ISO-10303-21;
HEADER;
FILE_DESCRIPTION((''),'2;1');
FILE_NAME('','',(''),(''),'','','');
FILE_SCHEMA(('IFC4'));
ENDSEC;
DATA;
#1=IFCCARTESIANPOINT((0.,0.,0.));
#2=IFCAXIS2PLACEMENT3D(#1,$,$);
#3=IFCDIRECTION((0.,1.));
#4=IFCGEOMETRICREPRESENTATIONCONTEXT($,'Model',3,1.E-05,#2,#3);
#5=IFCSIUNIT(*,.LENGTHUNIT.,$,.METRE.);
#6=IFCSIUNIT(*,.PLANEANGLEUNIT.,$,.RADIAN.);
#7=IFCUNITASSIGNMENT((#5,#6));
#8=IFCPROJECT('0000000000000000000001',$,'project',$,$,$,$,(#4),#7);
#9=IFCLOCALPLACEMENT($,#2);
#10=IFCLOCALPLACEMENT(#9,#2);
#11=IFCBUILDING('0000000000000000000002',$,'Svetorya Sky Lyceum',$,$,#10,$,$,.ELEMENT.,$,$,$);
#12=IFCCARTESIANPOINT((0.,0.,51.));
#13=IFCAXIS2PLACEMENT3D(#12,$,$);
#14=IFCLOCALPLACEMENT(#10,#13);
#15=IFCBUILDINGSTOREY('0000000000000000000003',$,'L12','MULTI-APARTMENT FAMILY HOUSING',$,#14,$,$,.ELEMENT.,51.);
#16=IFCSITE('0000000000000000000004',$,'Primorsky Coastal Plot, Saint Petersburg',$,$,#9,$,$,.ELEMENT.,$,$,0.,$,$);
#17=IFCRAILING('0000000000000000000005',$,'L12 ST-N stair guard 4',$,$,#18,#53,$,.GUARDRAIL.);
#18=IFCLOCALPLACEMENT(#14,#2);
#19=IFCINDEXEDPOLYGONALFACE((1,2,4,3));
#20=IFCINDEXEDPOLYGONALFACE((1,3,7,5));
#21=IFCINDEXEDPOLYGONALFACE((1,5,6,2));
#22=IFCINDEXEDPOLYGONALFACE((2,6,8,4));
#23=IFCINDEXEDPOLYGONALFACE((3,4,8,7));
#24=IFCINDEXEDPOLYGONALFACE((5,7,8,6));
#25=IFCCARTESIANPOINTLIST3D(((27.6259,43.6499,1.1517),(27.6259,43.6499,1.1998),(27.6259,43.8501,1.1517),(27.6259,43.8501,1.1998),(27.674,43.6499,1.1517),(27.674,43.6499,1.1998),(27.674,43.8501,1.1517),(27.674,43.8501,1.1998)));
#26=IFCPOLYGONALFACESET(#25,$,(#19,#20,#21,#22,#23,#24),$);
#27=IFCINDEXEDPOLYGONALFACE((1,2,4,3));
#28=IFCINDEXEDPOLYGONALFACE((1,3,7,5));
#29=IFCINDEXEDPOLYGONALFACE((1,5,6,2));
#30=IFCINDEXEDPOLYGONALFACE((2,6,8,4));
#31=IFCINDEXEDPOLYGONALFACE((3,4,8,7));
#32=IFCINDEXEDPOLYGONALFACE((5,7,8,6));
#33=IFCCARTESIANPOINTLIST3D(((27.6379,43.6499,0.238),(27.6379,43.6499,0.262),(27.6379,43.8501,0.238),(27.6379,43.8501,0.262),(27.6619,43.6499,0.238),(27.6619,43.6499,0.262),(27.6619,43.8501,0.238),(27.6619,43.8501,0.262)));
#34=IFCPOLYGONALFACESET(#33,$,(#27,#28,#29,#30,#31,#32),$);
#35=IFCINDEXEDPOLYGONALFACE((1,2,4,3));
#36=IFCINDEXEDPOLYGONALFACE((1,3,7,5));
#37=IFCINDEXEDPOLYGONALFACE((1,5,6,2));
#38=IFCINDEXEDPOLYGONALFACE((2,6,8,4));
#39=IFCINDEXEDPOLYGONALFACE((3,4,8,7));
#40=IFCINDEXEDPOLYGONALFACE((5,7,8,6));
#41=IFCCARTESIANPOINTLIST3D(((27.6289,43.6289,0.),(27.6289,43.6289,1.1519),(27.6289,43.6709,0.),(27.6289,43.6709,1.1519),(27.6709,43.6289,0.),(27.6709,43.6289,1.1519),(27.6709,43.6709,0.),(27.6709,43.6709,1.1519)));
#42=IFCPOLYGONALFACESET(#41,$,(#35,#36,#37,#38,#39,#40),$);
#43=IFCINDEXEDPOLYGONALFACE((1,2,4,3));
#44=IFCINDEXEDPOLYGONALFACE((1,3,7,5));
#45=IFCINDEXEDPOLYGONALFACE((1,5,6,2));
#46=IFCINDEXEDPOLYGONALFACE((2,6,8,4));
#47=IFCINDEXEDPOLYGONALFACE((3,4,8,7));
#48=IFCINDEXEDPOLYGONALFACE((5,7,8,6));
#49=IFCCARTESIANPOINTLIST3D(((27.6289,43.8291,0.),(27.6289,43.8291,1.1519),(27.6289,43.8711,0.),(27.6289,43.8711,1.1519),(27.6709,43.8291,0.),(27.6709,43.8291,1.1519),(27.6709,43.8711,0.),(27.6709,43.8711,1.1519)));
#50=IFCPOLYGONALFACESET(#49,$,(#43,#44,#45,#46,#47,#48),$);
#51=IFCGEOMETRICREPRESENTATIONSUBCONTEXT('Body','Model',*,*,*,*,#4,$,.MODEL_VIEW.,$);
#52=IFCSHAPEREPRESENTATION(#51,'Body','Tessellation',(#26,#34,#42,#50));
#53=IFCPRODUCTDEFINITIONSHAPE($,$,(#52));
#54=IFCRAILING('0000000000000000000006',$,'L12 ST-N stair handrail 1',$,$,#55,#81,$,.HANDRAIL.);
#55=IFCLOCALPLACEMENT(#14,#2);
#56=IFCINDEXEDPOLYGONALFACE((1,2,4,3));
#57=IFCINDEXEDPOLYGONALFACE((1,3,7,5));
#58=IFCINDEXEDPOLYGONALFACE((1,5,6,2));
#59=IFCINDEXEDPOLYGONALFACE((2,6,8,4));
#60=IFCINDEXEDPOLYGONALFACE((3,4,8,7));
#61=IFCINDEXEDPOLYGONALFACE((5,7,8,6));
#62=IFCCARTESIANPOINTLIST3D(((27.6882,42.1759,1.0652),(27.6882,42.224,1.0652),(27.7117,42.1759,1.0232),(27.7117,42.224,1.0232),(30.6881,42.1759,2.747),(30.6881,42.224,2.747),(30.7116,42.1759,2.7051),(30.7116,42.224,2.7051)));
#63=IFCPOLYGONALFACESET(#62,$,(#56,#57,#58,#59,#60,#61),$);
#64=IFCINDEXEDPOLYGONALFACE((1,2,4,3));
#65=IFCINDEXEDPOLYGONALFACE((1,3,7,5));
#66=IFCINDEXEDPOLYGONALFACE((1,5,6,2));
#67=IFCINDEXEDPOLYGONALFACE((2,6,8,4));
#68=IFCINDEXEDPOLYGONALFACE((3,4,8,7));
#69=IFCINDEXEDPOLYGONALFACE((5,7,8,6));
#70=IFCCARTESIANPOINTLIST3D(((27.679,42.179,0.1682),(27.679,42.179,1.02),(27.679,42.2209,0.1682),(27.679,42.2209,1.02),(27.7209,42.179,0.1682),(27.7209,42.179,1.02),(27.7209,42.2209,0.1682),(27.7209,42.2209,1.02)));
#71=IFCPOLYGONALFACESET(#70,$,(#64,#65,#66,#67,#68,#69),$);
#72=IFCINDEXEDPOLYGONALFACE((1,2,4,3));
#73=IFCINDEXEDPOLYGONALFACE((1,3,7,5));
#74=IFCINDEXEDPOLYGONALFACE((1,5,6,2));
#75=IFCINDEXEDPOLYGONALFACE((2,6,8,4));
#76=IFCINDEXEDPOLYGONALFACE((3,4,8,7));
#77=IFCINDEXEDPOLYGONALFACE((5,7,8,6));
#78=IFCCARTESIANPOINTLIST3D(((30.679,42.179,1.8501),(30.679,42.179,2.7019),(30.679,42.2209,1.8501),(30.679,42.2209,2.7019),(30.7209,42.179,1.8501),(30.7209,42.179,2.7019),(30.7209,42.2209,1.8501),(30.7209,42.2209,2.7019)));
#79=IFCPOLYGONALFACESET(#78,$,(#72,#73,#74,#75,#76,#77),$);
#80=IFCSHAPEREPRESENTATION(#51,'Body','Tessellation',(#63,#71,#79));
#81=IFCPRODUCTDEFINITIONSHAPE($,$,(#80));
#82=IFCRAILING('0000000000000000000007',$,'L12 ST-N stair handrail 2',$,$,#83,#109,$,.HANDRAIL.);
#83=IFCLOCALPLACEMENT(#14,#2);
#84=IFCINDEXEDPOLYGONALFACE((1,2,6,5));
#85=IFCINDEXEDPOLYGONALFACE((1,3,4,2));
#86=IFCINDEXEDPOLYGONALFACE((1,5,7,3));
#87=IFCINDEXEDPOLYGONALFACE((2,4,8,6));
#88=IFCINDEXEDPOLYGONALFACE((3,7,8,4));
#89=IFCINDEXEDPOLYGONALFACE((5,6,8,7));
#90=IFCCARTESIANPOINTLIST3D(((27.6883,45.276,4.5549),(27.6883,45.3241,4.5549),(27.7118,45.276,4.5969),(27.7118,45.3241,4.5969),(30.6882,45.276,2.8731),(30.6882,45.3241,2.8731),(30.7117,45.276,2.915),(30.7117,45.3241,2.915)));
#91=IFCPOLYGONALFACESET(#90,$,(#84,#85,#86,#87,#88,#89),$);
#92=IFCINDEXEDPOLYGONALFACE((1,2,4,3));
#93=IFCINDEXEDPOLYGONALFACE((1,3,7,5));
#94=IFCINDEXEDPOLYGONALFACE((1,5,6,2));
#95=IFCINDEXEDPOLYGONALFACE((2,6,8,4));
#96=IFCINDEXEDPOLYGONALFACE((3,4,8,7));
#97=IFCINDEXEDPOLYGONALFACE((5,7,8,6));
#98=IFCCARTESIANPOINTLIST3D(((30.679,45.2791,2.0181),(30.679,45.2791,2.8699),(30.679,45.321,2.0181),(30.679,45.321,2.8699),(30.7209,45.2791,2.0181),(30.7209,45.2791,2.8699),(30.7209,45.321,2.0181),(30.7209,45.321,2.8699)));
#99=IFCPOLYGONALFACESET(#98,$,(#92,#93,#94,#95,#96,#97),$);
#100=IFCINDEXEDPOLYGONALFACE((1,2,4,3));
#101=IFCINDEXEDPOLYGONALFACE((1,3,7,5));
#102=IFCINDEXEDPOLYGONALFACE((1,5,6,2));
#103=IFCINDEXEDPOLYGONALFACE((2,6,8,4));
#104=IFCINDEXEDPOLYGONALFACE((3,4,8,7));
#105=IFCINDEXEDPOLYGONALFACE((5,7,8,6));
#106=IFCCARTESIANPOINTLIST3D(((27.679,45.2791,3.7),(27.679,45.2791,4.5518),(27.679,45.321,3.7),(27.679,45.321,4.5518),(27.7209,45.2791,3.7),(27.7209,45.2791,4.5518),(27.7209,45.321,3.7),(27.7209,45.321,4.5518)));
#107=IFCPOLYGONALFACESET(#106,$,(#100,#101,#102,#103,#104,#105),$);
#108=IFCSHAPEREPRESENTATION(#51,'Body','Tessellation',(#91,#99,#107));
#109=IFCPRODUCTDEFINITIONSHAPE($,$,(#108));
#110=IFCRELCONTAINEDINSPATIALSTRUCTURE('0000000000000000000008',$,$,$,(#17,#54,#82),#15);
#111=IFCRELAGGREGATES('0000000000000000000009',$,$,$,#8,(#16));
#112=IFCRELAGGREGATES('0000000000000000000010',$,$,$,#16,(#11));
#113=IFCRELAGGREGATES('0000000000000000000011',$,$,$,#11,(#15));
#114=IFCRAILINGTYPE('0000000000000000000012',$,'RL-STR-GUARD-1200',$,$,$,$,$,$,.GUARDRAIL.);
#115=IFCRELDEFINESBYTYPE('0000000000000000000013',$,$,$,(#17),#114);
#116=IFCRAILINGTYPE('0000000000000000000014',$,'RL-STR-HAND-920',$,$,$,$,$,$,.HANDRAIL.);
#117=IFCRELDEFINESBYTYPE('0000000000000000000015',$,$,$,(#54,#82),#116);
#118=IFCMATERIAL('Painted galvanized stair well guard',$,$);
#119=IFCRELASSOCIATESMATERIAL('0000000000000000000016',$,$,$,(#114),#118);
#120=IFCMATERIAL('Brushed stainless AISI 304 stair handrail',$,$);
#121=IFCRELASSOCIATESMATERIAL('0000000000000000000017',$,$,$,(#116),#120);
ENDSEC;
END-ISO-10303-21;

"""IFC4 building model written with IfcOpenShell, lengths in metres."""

from ifc_helpers import new_model, si_unit, direction, frame, origin, origin_2d, place, context, subcontext, project, spatial, rectangle, extrude, material, type_object, element, save


model = new_model("IFC4")

# Units and contexts
model_context = context("Model", 3, precision=1e-05, world=origin(), true_north=direction((0.0, 1.0)))
body_context = subcontext(model_context, "Body", "Model", "MODEL_VIEW")
ifc_project = project(units=[si_unit("LENGTHUNIT", "METRE"), si_unit("PLANEANGLEUNIT", "RADIAN")], contexts=[model_context])

# Site, building, storey
site_placement = place(None, origin())
site = spatial("IfcSite", under=ifc_project, at=site_placement, Name="Primorsky Coastal Plot, Saint Petersburg", CompositionType="ELEMENT", RefElevation=0.0)
building_placement = place(site_placement, origin())
building = spatial("IfcBuilding", under=site, at=building_placement, Name="Svetorya Sky Lyceum", CompositionType="ELEMENT")
storey_placement = place(building_placement, frame((0.0, 0.0, 51.0)))
storey = spatial("IfcBuildingStorey", under=building, at=storey_placement, Name="L12", Description="MULTI-APARTMENT FAMILY HOUSING", CompositionType="ELEMENT", Elevation=51.0)

# Railings
ifc_material_1 = material(Name="Painted galvanized stair well guard")
railing_type_1 = type_object("IfcRailingType", Name="RL-STR-GUARD-1200", PredefinedType="GUARDRAIL", material=ifc_material_1)
railing_1_placement = place(storey_placement, frame((27.6499, 43.6499, 0.0)))
element("IfcRailing", 1, at=railing_1_placement, inside=storey, type_object=railing_type_1, Name="L12 ST-N stair guard 4", PredefinedType="GUARDRAIL", context=body_context, shape_type="SweptSolid", body=[
    extrude(rectangle(XDim=0.0481, YDim=0.0481, at=origin_2d()), frame((0.0, 0.0, 1.1758), z_axis=(0.0, 1.0, 0.0), x_axis=(-1.0, 0.0, 0.0)), (0.0, 0.0, 1.0), 0.2002),
    extrude(rectangle(XDim=0.0239, YDim=0.0239, at=origin_2d()), frame((0.0, 0.0, 0.25), z_axis=(0.0, 1.0, 0.0), x_axis=(-1.0, 0.0, 0.0)), (0.0, 0.0, 1.0), 0.2002),
    extrude(rectangle(XDim=0.042, YDim=0.042, at=origin_2d()), origin(), (0.0, 0.0, 1.0), 1.1519),
    extrude(rectangle(XDim=0.042, YDim=0.042, at=origin_2d()), frame((0.0, 0.2002, 0.0)), (0.0, 0.0, 1.0), 1.1519),
])
ifc_material_2 = material(Name="Brushed stainless AISI 304 stair handrail")
railing_type_2 = type_object("IfcRailingType", Name="RL-STR-HAND-920", PredefinedType="HANDRAIL", material=ifc_material_2)
railing_2_placement = place(storey_placement, frame((27.7, 42.2, 0.1682)))
element("IfcRailing", 2, at=railing_2_placement, inside=storey, type_object=railing_type_2, Name="L12 ST-N stair handrail 1", PredefinedType="HANDRAIL", context=body_context, shape_type="SweptSolid", body=[
    extrude(rectangle(XDim=0.0481, YDim=0.0481, at=origin_2d()), frame((0.0, 0.0, 0.876), z_axis=(0.872272, 0.0, 0.48902), x_axis=(0.0, 1.0, 0.0)), (0.0, 0.0, 1.0), 3.4392),
    extrude(rectangle(XDim=0.042, YDim=0.042, at=origin_2d()), origin(), (0.0, 0.0, 1.0), 0.8518),
    extrude(rectangle(XDim=0.042, YDim=0.042, at=origin_2d()), frame((3.0, 0.0, 1.6819)), (0.0, 0.0, 1.0), 0.8518),
])
railing_3_placement = place(storey_placement, frame((30.7, 45.3, 2.0181)))
element("IfcRailing", 3, at=railing_3_placement, inside=storey, type_object=railing_type_2, Name="L12 ST-N stair handrail 2", PredefinedType="HANDRAIL", context=body_context, shape_type="SweptSolid", body=[
    extrude(rectangle(XDim=0.0481, YDim=0.0481, at=origin_2d()), frame((0.0, 0.0, 0.876), z_axis=(-0.872272, 0.0, 0.48902), x_axis=(0.0, -1.0, 0.0)), (0.0, 0.0, 1.0), 3.4392),
    extrude(rectangle(XDim=0.042, YDim=0.042, at=origin_2d()), origin(), (0.0, 0.0, 1.0), 0.8518),
    extrude(rectangle(XDim=0.042, YDim=0.042, at=origin_2d()), frame((-3.0, 0.0, 1.6819)), (0.0, 0.0, 1.0), 0.8518),
])

save(model, "model.ifc")
